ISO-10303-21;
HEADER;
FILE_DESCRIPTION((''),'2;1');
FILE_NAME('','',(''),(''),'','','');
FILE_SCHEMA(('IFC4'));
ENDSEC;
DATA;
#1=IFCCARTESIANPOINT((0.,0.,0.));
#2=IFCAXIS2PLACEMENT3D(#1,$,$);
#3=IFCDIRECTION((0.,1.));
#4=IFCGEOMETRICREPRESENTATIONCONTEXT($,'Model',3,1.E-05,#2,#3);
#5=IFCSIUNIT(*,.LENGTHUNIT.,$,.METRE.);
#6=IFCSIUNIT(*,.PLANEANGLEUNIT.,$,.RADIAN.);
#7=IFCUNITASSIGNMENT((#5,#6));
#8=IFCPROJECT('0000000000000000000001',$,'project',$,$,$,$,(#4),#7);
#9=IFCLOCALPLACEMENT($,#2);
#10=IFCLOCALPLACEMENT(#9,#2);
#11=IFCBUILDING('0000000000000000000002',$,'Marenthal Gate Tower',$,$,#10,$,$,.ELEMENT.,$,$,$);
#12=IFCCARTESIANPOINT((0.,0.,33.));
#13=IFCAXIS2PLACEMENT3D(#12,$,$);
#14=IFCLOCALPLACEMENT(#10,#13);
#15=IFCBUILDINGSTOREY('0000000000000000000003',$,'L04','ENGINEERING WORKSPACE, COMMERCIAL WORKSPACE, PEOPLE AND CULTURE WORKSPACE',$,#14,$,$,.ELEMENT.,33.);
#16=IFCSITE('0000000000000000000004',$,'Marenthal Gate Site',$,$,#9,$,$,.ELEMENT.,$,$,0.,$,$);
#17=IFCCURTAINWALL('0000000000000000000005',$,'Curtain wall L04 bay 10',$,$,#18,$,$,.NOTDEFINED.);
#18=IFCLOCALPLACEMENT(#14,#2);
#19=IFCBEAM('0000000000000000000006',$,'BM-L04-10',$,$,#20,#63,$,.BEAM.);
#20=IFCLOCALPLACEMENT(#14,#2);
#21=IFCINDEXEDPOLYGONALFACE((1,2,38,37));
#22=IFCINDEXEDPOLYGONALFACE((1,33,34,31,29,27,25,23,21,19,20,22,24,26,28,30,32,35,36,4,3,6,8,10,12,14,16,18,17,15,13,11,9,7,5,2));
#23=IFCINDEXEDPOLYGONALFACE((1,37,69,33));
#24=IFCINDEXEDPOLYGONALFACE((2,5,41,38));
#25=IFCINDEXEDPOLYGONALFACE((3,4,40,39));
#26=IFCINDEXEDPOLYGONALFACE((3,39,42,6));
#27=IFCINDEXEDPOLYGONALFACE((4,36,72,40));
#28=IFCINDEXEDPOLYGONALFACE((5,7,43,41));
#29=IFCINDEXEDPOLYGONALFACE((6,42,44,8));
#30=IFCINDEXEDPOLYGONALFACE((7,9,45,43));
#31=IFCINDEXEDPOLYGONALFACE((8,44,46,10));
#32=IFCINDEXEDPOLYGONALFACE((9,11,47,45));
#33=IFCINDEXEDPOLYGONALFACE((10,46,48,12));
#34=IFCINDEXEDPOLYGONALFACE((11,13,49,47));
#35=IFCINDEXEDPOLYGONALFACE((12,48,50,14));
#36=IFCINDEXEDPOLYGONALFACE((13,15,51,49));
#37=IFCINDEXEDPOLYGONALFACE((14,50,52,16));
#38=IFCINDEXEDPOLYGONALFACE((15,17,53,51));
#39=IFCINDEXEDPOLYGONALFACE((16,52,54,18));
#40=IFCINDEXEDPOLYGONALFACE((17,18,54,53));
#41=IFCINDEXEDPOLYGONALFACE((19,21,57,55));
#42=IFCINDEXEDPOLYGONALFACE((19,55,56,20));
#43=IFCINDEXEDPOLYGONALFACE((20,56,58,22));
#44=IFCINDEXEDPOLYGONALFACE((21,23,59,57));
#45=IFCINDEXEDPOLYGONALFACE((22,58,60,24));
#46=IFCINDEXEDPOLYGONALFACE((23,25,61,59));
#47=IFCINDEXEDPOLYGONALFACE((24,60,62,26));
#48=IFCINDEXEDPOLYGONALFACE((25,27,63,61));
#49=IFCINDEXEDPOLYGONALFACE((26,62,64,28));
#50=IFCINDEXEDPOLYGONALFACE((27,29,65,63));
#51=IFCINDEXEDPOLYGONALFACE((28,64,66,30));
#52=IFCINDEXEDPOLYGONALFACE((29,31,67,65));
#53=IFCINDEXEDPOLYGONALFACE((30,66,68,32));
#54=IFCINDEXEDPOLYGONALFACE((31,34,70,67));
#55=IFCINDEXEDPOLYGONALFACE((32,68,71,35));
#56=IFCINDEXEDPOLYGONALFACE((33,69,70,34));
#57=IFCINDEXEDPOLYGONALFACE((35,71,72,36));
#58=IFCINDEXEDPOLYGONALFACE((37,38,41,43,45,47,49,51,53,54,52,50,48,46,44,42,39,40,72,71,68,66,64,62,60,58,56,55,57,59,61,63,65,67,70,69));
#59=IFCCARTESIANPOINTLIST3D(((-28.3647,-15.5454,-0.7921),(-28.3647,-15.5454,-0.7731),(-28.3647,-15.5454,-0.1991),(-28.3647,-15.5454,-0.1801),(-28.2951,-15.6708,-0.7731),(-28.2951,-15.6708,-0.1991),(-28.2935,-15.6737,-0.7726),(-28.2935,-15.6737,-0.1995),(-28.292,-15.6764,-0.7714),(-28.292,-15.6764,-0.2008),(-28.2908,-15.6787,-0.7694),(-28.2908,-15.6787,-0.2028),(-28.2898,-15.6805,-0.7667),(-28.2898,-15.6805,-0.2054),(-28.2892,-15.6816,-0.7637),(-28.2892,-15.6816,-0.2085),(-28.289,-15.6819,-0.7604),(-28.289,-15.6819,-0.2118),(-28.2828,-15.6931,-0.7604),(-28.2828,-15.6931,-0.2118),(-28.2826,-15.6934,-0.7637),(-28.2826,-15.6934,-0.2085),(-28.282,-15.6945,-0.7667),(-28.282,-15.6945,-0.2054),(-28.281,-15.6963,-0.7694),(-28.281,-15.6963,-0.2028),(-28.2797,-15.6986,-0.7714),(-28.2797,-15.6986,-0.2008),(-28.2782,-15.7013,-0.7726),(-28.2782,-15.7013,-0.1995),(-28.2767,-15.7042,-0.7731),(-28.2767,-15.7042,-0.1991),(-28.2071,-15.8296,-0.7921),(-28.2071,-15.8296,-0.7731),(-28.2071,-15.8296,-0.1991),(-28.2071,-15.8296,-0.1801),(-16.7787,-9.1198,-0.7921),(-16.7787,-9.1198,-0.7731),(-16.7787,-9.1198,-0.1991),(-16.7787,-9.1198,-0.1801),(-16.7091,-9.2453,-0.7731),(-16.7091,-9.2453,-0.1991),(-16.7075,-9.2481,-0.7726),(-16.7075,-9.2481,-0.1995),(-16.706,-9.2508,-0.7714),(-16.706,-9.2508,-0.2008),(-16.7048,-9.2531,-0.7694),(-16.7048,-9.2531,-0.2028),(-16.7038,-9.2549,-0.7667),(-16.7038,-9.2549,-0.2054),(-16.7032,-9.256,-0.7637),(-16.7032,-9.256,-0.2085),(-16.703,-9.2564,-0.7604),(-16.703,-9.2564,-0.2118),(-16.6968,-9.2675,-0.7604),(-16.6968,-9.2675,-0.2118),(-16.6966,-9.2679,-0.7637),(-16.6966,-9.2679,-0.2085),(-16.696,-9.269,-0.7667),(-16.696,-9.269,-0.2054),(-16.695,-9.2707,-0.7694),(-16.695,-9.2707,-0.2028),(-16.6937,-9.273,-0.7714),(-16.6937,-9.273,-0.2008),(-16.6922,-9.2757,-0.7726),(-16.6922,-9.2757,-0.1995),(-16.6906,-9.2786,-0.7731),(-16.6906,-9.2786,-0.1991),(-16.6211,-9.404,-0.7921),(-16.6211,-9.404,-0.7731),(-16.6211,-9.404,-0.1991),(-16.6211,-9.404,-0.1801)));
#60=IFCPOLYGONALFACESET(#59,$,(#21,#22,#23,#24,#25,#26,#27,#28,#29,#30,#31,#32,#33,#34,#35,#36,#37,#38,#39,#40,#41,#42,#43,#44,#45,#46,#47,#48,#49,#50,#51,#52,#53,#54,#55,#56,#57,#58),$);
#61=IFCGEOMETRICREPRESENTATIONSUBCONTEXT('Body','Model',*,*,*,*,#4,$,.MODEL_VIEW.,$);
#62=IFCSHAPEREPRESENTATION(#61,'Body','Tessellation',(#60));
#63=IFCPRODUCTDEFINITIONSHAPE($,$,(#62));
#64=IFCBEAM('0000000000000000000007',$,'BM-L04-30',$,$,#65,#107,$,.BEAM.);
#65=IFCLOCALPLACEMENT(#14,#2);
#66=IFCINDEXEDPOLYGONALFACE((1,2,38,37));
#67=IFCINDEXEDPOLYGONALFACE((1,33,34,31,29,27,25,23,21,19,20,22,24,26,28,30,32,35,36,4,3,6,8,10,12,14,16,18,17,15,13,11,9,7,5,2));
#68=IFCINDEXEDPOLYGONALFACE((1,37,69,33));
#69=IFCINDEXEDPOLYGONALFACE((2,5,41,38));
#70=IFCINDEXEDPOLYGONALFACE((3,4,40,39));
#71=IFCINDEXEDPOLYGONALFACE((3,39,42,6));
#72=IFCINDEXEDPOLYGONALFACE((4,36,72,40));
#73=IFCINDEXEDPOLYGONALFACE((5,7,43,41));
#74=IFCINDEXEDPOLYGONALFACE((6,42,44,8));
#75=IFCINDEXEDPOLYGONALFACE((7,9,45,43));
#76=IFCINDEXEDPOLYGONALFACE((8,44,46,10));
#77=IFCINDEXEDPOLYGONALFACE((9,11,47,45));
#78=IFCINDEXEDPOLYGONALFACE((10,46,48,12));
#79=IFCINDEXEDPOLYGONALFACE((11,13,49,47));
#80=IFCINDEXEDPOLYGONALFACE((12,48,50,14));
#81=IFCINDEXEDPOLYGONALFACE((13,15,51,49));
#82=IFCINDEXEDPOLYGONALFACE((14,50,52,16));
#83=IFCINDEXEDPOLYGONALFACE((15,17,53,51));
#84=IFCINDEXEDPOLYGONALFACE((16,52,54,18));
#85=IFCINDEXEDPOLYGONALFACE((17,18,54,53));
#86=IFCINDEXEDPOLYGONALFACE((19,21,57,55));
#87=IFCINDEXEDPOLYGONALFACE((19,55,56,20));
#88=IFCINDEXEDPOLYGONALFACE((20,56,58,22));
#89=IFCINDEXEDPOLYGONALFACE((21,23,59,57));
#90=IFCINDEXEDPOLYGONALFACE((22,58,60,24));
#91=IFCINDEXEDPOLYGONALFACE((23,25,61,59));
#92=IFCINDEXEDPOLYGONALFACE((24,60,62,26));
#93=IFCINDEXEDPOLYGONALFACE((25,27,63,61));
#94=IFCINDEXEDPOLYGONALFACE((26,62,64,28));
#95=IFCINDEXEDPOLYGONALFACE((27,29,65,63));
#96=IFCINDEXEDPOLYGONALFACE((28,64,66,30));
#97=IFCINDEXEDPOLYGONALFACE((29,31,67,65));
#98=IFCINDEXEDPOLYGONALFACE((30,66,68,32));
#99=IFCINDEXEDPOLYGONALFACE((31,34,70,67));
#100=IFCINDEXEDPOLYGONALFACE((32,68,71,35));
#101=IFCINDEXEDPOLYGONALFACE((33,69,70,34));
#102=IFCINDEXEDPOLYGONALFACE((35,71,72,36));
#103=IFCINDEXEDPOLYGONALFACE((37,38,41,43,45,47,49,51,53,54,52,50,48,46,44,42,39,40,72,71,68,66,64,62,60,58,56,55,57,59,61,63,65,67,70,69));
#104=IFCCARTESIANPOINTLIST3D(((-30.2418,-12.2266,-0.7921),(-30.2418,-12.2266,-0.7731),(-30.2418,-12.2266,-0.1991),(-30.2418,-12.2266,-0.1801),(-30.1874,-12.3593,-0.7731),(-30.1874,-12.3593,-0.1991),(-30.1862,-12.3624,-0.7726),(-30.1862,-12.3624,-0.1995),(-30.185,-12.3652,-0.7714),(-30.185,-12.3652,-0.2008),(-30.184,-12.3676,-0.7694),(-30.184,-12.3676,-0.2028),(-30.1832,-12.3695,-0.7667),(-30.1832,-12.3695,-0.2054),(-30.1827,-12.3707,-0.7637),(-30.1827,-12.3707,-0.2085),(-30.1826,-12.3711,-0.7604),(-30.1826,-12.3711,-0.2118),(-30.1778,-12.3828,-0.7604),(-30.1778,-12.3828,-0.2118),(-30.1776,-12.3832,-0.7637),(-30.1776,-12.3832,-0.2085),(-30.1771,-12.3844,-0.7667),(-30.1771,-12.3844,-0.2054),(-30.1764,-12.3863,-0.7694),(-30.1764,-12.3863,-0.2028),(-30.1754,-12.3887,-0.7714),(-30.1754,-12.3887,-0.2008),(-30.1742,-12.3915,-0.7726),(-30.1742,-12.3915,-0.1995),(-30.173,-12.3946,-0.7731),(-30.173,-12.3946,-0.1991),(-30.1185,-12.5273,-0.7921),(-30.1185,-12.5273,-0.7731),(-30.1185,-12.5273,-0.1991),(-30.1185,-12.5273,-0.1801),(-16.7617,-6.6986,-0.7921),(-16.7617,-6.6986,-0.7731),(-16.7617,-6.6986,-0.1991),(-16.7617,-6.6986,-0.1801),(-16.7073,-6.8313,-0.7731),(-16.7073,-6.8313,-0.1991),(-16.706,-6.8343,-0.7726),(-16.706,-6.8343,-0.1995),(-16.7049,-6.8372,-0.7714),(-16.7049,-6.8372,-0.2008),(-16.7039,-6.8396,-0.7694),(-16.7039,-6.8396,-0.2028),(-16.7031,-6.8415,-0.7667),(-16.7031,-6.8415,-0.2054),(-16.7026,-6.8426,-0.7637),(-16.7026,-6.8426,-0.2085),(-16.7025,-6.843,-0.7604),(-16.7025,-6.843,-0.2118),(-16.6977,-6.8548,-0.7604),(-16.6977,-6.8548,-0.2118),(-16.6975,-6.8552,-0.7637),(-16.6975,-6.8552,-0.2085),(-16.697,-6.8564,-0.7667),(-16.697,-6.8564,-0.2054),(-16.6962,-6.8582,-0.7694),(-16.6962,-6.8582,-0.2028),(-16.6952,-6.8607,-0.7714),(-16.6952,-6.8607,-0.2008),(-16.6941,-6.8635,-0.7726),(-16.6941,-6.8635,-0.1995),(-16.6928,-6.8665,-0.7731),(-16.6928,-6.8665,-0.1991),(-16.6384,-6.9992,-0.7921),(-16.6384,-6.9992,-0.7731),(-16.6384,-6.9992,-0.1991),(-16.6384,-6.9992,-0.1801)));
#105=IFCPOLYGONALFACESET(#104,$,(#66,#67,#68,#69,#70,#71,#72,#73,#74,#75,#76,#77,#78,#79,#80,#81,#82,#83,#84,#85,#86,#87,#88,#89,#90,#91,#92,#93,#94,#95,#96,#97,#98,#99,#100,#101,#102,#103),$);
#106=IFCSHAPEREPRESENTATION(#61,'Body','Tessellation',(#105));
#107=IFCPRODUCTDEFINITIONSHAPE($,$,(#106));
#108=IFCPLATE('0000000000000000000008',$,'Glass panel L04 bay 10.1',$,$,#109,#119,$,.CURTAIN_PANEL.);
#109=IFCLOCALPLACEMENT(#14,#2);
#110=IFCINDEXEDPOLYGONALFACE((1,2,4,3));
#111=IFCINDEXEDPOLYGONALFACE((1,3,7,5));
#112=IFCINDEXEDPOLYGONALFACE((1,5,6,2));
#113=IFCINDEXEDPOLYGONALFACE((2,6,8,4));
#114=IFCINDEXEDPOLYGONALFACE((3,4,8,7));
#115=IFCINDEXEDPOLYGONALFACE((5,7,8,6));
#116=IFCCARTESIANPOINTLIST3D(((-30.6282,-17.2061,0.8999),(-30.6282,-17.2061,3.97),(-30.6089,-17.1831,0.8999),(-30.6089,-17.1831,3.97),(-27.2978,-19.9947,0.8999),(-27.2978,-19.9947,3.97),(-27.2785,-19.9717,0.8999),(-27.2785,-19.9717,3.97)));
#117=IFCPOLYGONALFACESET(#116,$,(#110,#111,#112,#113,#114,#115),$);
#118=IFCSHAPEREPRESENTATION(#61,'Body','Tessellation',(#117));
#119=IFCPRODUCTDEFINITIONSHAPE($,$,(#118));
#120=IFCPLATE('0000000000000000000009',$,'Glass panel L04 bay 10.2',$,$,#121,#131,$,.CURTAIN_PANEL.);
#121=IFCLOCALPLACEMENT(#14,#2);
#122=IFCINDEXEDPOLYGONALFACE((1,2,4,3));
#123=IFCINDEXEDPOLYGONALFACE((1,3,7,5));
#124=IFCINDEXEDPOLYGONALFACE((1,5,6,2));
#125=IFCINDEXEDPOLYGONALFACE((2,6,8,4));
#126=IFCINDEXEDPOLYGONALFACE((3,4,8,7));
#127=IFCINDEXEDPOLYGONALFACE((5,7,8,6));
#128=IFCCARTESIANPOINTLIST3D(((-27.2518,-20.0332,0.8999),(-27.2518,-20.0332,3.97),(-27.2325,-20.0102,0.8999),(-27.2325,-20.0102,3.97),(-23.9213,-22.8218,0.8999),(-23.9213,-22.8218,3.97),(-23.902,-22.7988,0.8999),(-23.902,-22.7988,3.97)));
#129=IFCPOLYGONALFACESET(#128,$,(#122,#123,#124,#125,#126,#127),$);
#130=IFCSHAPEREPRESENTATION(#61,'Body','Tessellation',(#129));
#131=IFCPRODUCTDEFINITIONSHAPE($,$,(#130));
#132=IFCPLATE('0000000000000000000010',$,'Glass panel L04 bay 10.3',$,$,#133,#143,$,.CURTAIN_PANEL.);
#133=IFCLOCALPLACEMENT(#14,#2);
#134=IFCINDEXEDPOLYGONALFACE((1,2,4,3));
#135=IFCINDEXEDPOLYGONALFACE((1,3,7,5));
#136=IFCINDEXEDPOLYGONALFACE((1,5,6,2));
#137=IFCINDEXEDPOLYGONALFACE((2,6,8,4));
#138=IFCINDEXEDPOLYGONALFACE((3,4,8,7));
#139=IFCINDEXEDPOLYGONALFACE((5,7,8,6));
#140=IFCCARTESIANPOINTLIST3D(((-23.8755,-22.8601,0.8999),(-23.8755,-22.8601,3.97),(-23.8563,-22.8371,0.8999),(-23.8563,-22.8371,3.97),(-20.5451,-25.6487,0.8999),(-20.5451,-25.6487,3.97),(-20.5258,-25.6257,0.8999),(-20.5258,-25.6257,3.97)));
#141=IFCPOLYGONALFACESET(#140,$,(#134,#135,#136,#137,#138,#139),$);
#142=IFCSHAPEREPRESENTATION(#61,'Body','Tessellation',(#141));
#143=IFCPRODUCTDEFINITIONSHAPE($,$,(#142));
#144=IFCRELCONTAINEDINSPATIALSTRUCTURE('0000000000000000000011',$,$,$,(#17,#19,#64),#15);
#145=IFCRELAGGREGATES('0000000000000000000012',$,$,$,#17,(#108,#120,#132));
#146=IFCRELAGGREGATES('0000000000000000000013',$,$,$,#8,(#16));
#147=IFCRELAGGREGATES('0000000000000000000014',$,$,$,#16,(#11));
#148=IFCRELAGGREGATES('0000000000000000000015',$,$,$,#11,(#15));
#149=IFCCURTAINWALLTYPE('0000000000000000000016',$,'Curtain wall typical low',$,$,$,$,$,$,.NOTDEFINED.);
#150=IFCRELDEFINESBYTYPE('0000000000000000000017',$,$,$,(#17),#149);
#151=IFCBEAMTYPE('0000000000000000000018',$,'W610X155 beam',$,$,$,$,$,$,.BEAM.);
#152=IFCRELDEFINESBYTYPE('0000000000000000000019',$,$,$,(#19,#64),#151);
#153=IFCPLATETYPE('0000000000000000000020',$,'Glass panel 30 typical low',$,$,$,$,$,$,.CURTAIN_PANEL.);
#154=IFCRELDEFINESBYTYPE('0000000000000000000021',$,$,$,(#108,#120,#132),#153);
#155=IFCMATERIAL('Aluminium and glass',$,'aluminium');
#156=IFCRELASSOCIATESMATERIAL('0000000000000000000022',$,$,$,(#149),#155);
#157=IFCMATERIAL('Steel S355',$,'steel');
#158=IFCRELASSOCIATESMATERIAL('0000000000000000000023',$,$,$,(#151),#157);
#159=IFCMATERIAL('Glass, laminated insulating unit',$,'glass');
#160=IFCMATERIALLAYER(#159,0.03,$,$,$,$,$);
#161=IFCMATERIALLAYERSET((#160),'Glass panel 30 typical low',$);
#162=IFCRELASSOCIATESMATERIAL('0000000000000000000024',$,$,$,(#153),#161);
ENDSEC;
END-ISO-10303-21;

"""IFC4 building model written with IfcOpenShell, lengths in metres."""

from ifc_helpers import new_model, si_unit, direction, frame, origin, origin_2d, place, context, subcontext, project, spatial, rectangle, i_section, extrude, material, layer, layer_set, material_profile, profile_set, type_object, element, aggregate, save


model = new_model("IFC4")

# Units and contexts
model_context = context("Model", 3, precision=1e-05, world=origin(), true_north=direction((0.0, 1.0)))
body_context = subcontext(model_context, "Body", "Model", "MODEL_VIEW")
ifc_project = project(units=[si_unit("LENGTHUNIT", "METRE"), si_unit("PLANEANGLEUNIT", "RADIAN")], contexts=[model_context])

# Site, building, storey
site_placement = place(None, origin())
site = spatial("IfcSite", under=ifc_project, at=site_placement, Name="Marenthal Gate Site", CompositionType="ELEMENT", RefElevation=0.0)
building_placement = place(site_placement, origin())
building = spatial("IfcBuilding", under=site, at=building_placement, Name="Marenthal Gate Tower", CompositionType="ELEMENT")
storey_placement = place(building_placement, frame((0.0, 0.0, 33.0)))
storey = spatial("IfcBuildingStorey", under=building, at=storey_placement, Name="L04", Description="ENGINEERING WORKSPACE, COMMERCIAL WORKSPACE, PEOPLE AND CULTURE WORKSPACE", CompositionType="ELEMENT", Elevation=33.0)

# Curtain wall
ifc_material_1 = material(Name="Aluminium and glass", Category="aluminium")
curtain_wall_type = type_object("IfcCurtainWallType", Name="Curtain wall typical low", PredefinedType="NOTDEFINED", material=ifc_material_1)
curtain_wall_placement = place(storey_placement, origin())
curtain_wall = element("IfcCurtainWall", 1, at=curtain_wall_placement, inside=storey, type_object=curtain_wall_type, Name="Curtain wall L04 bay 10", PredefinedType="NOTDEFINED")

# Beams
ifc_material_2 = material(Name="Steel S355", Category="steel")
ifc_material_profile_1 = material_profile(ifc_material_2, i_section(OverallWidth=0.325, OverallDepth=0.6121, WebThickness=0.0127, FlangeThickness=0.019, FilletRadius=0.0127, at=origin_2d()), Name="W610X155")
ifc_profile_set_1 = profile_set([ifc_material_profile_1], Name="Steel S355")
beam_type_1 = type_object("IfcBeamType", Name="W610X155 beam", PredefinedType="BEAM", material=ifc_profile_set_1)
beam_1_placement = place(storey_placement, frame((-28.2859, -15.6875, -0.4861), z_axis=(0.874513, 0.485003, 0.0), x_axis=(-0.485003, 0.874513, 0.0)))
element("IfcBeam", 2, at=beam_1_placement, inside=storey, type_object=beam_type_1, Name="BM-L04-10", PredefinedType="BEAM", context=body_context, shape_type="SweptSolid", body=[
    extrude(i_section(OverallWidth=0.325, OverallDepth=0.6121, WebThickness=0.0127, FlangeThickness=0.019, FilletRadius=0.0127, at=origin_2d()), origin(), (0.0, 0.0, 1.0), 13.2485),
])
beam_2_placement = place(storey_placement, frame((-30.1802, -12.377, -0.4861), z_axis=(0.925223, 0.379423, 0.0), x_axis=(-0.379423, 0.925223, 0.0)))
element("IfcBeam", 3, at=beam_2_placement, inside=storey, type_object=beam_type_1, Name="BM-L04-30", PredefinedType="BEAM", context=body_context, shape_type="SweptSolid", body=[
    extrude(i_section(OverallWidth=0.325, OverallDepth=0.6121, WebThickness=0.0127, FlangeThickness=0.019, FilletRadius=0.0127, at=origin_2d()), origin(), (0.0, 0.0, 1.0), 14.5696),
])

# Plates
ifc_material_3 = material(Name="Glass, laminated insulating unit", Category="glass")
ifc_layer_1 = layer(ifc_material_3, 0.03)
ifc_layer_set_1 = layer_set([ifc_layer_1], Name="Glass panel 30 typical low")
plate_type = type_object("IfcPlateType", Name="Glass panel 30 typical low", PredefinedType="CURTAIN_PANEL", material=ifc_layer_set_1)
plate_1_placement = place(storey_placement, frame((-28.9534, -18.5889, 0.8999), z_axis=(0.0, 0.0, 1.0), x_axis=(0.76672, -0.641982, 0.0)))
plate_1 = element("IfcPlate", 4, at=plate_1_placement, type_object=plate_type, Name="Glass panel L04 bay 10.1", PredefinedType="CURTAIN_PANEL", context=body_context, shape_type="SweptSolid", body=[
    extrude(rectangle(XDim=4.3438, YDim=0.03, at=origin_2d()), origin(), (0.0, 0.0, 1.0), 3.0701),
])
plate_2_placement = place(storey_placement, frame((-25.5769, -21.416, 0.8999), z_axis=(0.0, 0.0, 1.0), x_axis=(0.76672, -0.641982, 0.0)))
plate_2 = element("IfcPlate", 5, at=plate_2_placement, type_object=plate_type, Name="Glass panel L04 bay 10.2", PredefinedType="CURTAIN_PANEL", context=body_context, shape_type="SweptSolid", body=[
    extrude(rectangle(XDim=4.3438, YDim=0.03, at=origin_2d()), origin(), (0.0, 0.0, 1.0), 3.0701),
])
plate_3_placement = place(storey_placement, frame((-22.2007, -24.2429, 0.8999), z_axis=(0.0, 0.0, 1.0), x_axis=(0.76672, -0.641982, 0.0)))
plate_3 = element("IfcPlate", 6, at=plate_3_placement, type_object=plate_type, Name="Glass panel L04 bay 10.3", PredefinedType="CURTAIN_PANEL", context=body_context, shape_type="SweptSolid", body=[
    extrude(rectangle(XDim=4.3438, YDim=0.03, at=origin_2d()), origin(), (0.0, 0.0, 1.0), 3.0701),
])
aggregate(curtain_wall, [plate_1, plate_2, plate_3])

save(model, "model.ifc")
